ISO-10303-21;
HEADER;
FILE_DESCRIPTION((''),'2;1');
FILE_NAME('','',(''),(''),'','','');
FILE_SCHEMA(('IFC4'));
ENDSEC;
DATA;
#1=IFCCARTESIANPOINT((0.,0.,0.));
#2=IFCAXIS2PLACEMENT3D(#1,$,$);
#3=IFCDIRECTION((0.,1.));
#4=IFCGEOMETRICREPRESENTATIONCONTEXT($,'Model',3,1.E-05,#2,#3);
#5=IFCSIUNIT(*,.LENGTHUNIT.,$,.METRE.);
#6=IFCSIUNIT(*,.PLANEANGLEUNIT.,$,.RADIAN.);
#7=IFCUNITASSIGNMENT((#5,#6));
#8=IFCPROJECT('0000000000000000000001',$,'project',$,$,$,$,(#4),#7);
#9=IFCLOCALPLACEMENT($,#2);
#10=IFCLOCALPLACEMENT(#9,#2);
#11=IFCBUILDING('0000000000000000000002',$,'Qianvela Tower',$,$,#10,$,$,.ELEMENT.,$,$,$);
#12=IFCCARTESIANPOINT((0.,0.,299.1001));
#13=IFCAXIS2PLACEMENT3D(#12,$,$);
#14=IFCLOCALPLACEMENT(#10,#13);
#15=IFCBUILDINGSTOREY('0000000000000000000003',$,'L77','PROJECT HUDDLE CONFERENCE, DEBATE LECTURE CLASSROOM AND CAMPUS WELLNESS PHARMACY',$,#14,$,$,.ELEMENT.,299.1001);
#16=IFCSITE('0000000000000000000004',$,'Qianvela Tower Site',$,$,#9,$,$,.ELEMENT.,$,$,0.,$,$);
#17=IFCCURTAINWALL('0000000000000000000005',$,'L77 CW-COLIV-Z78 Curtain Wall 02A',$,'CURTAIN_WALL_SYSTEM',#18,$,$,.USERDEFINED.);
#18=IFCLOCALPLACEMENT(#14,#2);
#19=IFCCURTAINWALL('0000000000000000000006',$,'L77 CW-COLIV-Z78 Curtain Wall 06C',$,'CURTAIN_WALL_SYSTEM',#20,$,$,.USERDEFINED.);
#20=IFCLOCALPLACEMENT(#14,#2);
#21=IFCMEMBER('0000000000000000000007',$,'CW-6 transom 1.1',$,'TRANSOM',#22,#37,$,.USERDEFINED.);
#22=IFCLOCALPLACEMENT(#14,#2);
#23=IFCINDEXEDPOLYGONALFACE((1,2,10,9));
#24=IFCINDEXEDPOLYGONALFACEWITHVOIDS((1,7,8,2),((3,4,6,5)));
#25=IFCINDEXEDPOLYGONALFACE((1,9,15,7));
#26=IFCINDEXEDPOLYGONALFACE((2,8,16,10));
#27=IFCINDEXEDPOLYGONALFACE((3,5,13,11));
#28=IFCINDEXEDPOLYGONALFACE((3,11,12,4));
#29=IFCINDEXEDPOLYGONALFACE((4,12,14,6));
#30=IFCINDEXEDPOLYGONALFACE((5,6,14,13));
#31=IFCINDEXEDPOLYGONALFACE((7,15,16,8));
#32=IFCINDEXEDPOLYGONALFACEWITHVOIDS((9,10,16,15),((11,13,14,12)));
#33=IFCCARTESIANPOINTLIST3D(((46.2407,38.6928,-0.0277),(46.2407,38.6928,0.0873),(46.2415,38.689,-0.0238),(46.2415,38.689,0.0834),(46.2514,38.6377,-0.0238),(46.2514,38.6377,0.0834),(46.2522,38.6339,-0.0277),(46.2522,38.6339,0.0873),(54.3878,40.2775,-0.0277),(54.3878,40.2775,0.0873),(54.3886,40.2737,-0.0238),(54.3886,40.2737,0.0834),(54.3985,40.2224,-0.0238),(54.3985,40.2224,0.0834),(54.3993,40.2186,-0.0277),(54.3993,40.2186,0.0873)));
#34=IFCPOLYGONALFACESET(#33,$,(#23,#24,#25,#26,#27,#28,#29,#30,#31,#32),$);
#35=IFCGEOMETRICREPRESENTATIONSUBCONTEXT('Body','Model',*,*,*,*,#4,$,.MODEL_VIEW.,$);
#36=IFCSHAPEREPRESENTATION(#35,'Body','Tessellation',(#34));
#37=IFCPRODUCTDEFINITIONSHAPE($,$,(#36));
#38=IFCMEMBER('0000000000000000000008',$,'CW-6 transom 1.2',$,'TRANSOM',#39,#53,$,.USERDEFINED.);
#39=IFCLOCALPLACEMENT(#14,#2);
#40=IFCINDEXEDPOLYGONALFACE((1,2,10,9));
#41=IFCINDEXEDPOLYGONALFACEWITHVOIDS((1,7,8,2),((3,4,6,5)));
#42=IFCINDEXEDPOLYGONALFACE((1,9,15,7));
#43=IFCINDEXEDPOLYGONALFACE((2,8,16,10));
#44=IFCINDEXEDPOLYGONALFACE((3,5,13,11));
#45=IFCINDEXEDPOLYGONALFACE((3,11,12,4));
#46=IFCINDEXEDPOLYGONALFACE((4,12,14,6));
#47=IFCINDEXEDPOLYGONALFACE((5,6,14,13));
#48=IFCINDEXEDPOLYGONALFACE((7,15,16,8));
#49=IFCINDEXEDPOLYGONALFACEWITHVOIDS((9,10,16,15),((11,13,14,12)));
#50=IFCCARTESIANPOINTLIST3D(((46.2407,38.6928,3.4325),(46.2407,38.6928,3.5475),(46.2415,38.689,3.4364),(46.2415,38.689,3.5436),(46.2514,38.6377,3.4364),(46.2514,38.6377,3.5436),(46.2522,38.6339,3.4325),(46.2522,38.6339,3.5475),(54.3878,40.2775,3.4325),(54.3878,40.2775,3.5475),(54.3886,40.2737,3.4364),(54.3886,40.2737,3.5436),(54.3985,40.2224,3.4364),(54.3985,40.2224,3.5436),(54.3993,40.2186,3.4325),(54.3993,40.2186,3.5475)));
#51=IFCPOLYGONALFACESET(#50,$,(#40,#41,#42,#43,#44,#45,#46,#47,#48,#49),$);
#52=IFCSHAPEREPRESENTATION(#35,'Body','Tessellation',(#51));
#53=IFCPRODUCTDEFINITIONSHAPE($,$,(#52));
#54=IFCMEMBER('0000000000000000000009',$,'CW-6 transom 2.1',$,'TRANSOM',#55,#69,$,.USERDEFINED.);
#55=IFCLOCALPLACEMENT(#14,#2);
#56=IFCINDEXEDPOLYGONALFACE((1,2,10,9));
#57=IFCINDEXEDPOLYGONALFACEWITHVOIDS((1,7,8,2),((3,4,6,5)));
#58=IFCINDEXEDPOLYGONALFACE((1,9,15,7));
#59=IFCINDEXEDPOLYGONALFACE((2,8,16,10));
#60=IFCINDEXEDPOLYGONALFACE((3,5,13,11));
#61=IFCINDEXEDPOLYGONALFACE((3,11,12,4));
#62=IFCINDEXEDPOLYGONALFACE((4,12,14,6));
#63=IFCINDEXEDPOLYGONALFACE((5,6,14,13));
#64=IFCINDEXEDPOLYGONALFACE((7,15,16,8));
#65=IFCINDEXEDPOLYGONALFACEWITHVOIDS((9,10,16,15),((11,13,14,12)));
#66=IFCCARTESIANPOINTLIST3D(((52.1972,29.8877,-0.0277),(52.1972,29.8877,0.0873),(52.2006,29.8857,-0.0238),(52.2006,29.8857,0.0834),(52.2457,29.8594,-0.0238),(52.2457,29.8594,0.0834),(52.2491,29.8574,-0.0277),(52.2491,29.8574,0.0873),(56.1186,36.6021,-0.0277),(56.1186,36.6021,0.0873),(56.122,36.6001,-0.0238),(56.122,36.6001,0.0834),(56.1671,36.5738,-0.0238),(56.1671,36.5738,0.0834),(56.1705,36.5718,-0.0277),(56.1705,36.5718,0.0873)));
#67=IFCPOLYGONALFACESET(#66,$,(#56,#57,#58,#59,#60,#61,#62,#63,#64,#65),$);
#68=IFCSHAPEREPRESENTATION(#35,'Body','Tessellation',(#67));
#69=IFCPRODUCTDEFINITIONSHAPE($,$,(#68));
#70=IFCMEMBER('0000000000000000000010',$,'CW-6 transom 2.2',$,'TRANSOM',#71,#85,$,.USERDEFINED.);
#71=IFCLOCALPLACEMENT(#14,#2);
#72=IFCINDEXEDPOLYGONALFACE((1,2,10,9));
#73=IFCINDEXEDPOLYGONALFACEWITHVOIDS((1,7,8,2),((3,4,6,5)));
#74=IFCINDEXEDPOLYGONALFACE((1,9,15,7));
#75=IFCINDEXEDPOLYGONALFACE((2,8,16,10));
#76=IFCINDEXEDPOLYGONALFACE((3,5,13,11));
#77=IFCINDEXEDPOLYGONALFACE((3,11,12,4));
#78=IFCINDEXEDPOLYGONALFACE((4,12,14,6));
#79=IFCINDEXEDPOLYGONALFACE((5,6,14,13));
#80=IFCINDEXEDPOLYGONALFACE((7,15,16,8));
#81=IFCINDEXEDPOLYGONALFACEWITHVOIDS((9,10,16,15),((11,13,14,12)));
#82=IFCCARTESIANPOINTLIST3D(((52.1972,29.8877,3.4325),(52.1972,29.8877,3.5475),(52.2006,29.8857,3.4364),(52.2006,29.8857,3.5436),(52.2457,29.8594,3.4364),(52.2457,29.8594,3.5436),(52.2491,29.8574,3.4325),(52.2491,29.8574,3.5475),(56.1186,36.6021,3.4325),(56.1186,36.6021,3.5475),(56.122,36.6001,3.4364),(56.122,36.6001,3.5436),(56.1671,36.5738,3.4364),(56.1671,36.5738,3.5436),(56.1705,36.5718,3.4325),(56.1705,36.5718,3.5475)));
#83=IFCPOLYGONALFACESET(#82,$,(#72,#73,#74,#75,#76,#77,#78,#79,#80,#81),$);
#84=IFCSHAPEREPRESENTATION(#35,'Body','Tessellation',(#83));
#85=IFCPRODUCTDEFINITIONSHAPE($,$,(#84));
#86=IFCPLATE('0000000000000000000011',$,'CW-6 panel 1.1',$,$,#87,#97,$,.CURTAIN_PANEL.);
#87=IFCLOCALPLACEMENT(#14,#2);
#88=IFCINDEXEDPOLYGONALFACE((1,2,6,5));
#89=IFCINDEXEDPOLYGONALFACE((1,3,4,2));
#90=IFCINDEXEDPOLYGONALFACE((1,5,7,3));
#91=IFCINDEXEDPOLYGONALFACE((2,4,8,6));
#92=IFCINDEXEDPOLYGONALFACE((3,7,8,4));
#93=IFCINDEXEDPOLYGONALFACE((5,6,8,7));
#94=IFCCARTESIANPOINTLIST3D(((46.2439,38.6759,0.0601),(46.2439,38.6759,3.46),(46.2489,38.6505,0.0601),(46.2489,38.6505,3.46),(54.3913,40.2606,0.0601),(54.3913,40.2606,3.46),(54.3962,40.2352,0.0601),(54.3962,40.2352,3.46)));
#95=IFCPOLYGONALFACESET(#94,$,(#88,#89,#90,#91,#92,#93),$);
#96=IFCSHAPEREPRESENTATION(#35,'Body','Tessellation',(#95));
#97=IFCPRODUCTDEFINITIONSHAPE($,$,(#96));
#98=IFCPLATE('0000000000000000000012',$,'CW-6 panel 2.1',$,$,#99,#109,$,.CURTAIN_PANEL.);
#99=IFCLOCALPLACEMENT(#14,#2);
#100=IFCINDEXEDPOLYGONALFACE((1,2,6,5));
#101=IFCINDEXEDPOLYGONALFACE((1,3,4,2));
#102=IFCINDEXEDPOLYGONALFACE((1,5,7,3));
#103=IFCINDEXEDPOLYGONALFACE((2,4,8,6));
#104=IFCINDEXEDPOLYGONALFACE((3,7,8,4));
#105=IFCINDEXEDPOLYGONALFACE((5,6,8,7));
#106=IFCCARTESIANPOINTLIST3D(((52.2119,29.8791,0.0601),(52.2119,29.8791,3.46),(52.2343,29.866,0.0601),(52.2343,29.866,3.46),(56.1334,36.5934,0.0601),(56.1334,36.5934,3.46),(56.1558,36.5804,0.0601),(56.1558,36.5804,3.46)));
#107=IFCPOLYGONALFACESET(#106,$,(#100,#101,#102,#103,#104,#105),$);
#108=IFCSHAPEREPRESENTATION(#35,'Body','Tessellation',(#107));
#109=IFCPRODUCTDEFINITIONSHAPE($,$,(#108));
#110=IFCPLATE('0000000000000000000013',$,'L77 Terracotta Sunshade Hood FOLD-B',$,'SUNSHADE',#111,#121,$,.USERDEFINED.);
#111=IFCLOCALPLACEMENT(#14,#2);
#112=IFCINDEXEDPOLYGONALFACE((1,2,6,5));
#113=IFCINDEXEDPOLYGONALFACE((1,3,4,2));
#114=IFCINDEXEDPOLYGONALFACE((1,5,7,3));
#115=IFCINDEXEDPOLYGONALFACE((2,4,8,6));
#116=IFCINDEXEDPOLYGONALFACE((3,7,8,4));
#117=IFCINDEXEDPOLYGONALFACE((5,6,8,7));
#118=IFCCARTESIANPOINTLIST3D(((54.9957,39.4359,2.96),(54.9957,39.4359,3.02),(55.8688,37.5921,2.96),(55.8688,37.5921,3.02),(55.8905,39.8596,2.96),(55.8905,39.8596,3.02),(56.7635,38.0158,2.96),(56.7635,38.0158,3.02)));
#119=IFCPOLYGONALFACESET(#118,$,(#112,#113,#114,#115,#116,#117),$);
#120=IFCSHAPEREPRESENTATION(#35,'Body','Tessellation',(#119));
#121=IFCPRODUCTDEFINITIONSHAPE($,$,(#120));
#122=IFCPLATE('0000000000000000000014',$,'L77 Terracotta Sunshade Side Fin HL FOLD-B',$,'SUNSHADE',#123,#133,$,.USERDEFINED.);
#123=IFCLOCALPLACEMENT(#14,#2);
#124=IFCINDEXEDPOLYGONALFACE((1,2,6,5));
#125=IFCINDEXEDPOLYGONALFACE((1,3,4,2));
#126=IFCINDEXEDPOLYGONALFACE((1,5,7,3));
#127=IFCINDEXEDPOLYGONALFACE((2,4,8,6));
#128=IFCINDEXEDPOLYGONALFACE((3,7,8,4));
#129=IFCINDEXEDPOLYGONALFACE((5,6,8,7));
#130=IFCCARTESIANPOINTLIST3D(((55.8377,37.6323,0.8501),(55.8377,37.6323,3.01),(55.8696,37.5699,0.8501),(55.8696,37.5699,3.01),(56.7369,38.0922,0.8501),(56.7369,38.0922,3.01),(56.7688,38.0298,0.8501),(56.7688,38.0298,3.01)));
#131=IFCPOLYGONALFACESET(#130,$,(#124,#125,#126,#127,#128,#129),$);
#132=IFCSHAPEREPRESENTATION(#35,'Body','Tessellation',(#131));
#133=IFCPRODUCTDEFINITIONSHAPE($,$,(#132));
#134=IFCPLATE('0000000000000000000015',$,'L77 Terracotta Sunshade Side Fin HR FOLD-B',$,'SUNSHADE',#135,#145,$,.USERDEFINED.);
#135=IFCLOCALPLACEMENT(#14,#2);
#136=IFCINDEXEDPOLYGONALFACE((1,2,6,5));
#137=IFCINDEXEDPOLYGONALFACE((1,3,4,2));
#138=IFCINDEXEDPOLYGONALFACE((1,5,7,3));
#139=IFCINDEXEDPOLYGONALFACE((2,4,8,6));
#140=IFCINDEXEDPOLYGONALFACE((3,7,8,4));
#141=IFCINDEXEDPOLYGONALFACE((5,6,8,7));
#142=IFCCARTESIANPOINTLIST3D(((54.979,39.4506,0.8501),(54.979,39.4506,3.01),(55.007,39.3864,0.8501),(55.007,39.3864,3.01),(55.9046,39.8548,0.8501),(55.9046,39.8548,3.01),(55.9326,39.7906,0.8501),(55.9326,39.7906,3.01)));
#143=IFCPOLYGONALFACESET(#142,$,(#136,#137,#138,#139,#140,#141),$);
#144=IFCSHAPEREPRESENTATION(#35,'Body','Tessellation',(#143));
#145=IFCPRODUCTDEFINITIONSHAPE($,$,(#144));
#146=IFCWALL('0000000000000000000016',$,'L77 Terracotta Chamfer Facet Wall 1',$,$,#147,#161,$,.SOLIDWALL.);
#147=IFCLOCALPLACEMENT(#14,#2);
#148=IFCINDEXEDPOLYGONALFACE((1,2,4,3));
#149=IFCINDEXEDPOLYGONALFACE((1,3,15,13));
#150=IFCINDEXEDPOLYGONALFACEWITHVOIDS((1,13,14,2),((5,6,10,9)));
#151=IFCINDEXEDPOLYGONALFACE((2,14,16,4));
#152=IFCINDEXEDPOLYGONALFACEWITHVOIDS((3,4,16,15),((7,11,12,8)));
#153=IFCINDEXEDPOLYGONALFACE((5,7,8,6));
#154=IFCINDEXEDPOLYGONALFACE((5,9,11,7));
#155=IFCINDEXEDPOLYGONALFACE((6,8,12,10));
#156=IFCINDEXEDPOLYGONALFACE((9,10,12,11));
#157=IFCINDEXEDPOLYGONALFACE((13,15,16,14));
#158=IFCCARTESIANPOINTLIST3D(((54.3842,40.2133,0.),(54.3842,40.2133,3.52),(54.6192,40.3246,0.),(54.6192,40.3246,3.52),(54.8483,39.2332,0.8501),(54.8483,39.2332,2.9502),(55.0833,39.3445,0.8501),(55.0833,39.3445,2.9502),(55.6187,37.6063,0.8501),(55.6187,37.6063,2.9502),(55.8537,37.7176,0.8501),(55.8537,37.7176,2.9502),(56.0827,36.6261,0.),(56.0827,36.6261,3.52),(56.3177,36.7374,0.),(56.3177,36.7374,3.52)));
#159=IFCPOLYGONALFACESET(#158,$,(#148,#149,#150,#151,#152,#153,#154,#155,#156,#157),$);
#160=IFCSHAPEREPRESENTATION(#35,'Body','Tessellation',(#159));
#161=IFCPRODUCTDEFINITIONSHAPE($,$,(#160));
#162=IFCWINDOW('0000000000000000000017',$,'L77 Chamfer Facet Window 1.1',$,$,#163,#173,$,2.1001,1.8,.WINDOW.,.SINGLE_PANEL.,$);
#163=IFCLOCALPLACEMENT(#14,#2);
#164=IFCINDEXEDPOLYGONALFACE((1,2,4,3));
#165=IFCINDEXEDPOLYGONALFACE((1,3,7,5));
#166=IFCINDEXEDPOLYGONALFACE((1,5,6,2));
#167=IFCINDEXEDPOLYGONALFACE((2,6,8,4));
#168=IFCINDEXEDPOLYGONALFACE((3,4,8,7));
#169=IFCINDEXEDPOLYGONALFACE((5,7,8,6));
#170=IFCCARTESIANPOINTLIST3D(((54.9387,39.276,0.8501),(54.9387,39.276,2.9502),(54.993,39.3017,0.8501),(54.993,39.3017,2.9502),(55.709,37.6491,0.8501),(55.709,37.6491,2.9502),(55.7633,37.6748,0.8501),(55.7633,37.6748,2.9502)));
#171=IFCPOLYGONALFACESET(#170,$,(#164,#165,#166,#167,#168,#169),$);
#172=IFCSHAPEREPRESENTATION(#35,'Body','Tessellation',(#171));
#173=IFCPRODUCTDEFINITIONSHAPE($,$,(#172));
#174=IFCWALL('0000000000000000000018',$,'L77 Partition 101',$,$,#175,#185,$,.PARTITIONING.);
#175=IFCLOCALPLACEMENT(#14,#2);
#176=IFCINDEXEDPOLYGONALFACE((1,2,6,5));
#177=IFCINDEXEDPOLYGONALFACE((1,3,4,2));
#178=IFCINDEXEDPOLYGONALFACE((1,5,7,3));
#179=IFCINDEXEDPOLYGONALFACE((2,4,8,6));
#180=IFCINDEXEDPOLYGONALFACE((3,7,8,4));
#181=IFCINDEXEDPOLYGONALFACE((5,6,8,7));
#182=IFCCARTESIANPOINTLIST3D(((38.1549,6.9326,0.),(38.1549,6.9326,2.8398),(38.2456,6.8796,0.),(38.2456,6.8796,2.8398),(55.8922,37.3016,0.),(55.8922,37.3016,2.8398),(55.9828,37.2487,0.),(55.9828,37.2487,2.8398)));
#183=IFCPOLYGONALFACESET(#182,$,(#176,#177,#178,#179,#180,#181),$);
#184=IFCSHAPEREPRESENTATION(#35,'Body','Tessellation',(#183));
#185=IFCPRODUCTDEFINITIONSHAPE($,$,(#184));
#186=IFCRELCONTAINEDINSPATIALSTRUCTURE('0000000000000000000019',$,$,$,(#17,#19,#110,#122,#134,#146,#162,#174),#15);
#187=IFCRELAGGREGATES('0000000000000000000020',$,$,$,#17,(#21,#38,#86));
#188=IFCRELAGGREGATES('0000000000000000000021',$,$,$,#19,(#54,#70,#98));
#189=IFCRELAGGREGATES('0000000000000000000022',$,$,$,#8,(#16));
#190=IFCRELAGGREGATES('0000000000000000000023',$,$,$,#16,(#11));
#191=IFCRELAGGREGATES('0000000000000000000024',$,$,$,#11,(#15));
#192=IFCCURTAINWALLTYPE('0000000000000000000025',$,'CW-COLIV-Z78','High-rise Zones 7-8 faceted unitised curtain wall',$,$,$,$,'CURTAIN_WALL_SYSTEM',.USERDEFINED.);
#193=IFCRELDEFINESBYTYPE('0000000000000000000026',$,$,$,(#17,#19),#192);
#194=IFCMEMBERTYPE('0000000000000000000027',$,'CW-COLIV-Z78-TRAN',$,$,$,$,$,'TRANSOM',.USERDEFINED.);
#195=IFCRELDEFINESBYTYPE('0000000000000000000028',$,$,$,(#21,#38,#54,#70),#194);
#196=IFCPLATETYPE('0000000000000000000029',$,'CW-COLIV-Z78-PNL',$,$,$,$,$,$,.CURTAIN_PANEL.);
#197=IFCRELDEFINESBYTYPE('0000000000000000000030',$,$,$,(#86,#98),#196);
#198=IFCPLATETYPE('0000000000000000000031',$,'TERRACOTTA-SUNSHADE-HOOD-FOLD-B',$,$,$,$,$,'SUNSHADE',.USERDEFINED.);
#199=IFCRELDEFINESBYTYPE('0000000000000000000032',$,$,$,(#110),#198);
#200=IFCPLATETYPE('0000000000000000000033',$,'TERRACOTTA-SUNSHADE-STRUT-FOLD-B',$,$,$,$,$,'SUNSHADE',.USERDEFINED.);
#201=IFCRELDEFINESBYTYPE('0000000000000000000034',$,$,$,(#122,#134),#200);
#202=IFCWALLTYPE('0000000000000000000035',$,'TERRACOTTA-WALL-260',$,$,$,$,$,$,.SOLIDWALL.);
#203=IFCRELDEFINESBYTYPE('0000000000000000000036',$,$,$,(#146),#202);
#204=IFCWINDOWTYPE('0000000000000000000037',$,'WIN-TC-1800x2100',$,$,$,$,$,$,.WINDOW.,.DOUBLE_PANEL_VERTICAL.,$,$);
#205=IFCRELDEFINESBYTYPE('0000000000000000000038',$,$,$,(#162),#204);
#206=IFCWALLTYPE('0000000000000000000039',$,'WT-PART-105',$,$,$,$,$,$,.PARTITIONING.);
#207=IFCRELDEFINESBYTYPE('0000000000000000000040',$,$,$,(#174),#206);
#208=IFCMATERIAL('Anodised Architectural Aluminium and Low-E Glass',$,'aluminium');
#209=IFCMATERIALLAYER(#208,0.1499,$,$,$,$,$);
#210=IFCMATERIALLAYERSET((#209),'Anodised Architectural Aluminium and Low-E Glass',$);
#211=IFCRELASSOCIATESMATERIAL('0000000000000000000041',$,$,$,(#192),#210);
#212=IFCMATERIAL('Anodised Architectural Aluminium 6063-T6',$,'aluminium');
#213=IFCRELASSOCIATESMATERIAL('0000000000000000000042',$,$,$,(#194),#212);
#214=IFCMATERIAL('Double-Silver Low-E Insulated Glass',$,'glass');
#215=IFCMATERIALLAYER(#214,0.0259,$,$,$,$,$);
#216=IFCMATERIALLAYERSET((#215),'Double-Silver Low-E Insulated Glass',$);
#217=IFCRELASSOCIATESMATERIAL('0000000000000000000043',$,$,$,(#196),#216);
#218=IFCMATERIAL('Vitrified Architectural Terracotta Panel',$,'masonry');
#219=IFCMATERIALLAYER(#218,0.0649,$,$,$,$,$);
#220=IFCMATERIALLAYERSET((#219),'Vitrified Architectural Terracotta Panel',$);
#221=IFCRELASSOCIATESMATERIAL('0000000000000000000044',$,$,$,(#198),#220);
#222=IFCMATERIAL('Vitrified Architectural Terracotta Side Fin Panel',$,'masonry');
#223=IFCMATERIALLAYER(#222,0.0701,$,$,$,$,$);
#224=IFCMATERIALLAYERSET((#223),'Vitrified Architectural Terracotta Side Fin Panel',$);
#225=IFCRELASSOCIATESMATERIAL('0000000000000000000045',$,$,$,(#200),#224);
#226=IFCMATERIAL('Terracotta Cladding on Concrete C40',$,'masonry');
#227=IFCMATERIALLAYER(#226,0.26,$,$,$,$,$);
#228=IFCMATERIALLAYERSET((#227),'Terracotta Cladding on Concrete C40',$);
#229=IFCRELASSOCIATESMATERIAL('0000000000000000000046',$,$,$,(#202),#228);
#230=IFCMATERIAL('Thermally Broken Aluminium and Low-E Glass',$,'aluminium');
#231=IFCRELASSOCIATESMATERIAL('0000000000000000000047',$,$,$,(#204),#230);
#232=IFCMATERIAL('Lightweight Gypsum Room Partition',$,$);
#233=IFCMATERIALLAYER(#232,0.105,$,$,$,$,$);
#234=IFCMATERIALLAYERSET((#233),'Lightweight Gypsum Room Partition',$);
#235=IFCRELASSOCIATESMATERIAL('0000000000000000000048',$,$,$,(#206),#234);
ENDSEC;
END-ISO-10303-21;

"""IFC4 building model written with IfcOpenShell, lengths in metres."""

from ifc_helpers import new_model, si_unit, direction, frame, frame_2d, origin, origin_2d, place, context, subcontext, project, spatial, rectangle, hollow_rectangle, extrude, material, layer, layer_set, material_profile, profile_set, type_object, element, fill, aggregate, save


model = new_model("IFC4")

# Units and contexts
model_context = context("Model", 3, precision=1e-05, world=origin(), true_north=direction((0.0, 1.0)))
body_context = subcontext(model_context, "Body", "Model", "MODEL_VIEW")
ifc_project = project(units=[si_unit("LENGTHUNIT", "METRE"), si_unit("PLANEANGLEUNIT", "RADIAN")], contexts=[model_context])

# Site, building, storey
site_placement = place(None, origin())
site = spatial("IfcSite", under=ifc_project, at=site_placement, Name="Qianvela Tower Site", CompositionType="ELEMENT", RefElevation=0.0)
building_placement = place(site_placement, origin())
building = spatial("IfcBuilding", under=site, at=building_placement, Name="Qianvela Tower", CompositionType="ELEMENT")
storey_placement = place(building_placement, frame((0.0, 0.0, 299.1001)))
storey = spatial("IfcBuildingStorey", under=building, at=storey_placement, Name="L77", Description="PROJECT HUDDLE CONFERENCE, DEBATE LECTURE CLASSROOM AND CAMPUS WELLNESS PHARMACY", CompositionType="ELEMENT", Elevation=299.1001)

# Curtain walls
ifc_material_1 = material(Name="Anodised Architectural Aluminium and Low-E Glass", Category="aluminium")
ifc_layer_1 = layer(ifc_material_1, 0.1499)
ifc_layer_set_1 = layer_set([ifc_layer_1], Name="Anodised Architectural Aluminium and Low-E Glass")
curtain_wall_type = type_object("IfcCurtainWallType", Name="CW-COLIV-Z78", Description="High-rise Zones 7-8 faceted unitised curtain wall", ElementType="CURTAIN_WALL_SYSTEM", PredefinedType="USERDEFINED", material=ifc_layer_set_1)
curtain_wall_1_placement = place(storey_placement, origin())
curtain_wall_1 = element("IfcCurtainWall", 1, at=curtain_wall_1_placement, inside=storey, type_object=curtain_wall_type, Name="L77 CW-COLIV-Z78 Curtain Wall 02A", ObjectType="CURTAIN_WALL_SYSTEM", PredefinedType="USERDEFINED")
curtain_wall_2_placement = place(storey_placement, origin())
curtain_wall_2 = element("IfcCurtainWall", 2, at=curtain_wall_2_placement, inside=storey, type_object=curtain_wall_type, Name="L77 CW-COLIV-Z78 Curtain Wall 06C", ObjectType="CURTAIN_WALL_SYSTEM", PredefinedType="USERDEFINED")

# Members
ifc_material_2 = material(Name="Anodised Architectural Aluminium 6063-T6", Category="aluminium")
ifc_material_profile_1 = material_profile(ifc_material_2, hollow_rectangle(XDim=0.0601, YDim=0.115, WallThickness=0.0039, at=origin_2d()), Name="ALU-TRAN-60x115")
ifc_profile_set_1 = profile_set([ifc_material_profile_1], Name="Anodised Architectural Aluminium 6063-T6")
member_type_1 = type_object("IfcMemberType", Name="CW-COLIV-Z78-TRAN", ElementType="TRANSOM", PredefinedType="USERDEFINED", material=ifc_profile_set_1)
member_1_placement = place(storey_placement, frame((54.3936, 40.248, 0.0298), z_axis=(-0.981603, -0.190932, 0.0), x_axis=(0.190932, -0.981603, 0.0)))
member_1 = element("IfcMember", 3, at=member_1_placement, type_object=member_type_1, Name="CW-6 transom 1.1", ObjectType="TRANSOM", PredefinedType="USERDEFINED", context=body_context, shape_type="SweptSolid", body=[
    extrude(hollow_rectangle(XDim=0.0601, YDim=0.115, WallThickness=0.0039, at=origin_2d()), origin(), (0.0, 0.0, 1.0), 8.2998),
])
member_2_placement = place(storey_placement, frame((54.3936, 40.248, 3.49), z_axis=(-0.981603, -0.190932, 0.0), x_axis=(0.190932, -0.981603, 0.0)))
member_2 = element("IfcMember", 4, at=member_2_placement, type_object=member_type_1, Name="CW-6 transom 1.2", ObjectType="TRANSOM", PredefinedType="USERDEFINED", context=body_context, shape_type="SweptSolid", body=[
    extrude(hollow_rectangle(XDim=0.0601, YDim=0.115, WallThickness=0.0039, at=origin_2d()), origin(), (0.0, 0.0, 1.0), 8.2998),
])
member_3_placement = place(storey_placement, frame((52.2231, 29.8726, 0.0298), z_axis=(0.50432, 0.863517, 0.0), x_axis=(-0.863517, 0.50432, 0.0)))
member_3 = element("IfcMember", 5, at=member_3_placement, type_object=member_type_1, Name="CW-6 transom 2.1", ObjectType="TRANSOM", PredefinedType="USERDEFINED", context=body_context, shape_type="SweptSolid", body=[
    extrude(hollow_rectangle(XDim=0.0601, YDim=0.115, WallThickness=0.0039, at=origin_2d()), origin(), (0.0, 0.0, 1.0), 7.7756),
])
member_4_placement = place(storey_placement, frame((52.2231, 29.8726, 3.49), z_axis=(0.50432, 0.863517, 0.0), x_axis=(-0.863517, 0.50432, 0.0)))
member_4 = element("IfcMember", 6, at=member_4_placement, type_object=member_type_1, Name="CW-6 transom 2.2", ObjectType="TRANSOM", PredefinedType="USERDEFINED", context=body_context, shape_type="SweptSolid", body=[
    extrude(hollow_rectangle(XDim=0.0601, YDim=0.115, WallThickness=0.0039, at=origin_2d()), origin(), (0.0, 0.0, 1.0), 7.7756),
])

# Plates
ifc_material_3 = material(Name="Double-Silver Low-E Insulated Glass", Category="glass")
ifc_layer_2 = layer(ifc_material_3, 0.0259)
ifc_layer_set_2 = layer_set([ifc_layer_2], Name="Double-Silver Low-E Insulated Glass")
plate_type_1 = type_object("IfcPlateType", Name="CW-COLIV-Z78-PNL", PredefinedType="CURTAIN_PANEL", material=ifc_layer_set_2)
plate_1_placement = place(storey_placement, frame((50.3201, 39.4556, 0.0601), z_axis=(0.0, 0.0, 1.0), x_axis=(-0.981604, -0.19093, 0.0)))
plate_1 = element("IfcPlate", 7, at=plate_1_placement, type_object=plate_type_1, Name="CW-6 panel 1.1", PredefinedType="CURTAIN_PANEL", context=body_context, shape_type="SweptSolid", body=[
    extrude(rectangle(XDim=8.3, YDim=0.0259, at=origin_2d()), origin(), (0.0, 0.0, 1.0), 3.3999),
])
aggregate(curtain_wall_1, [member_1, member_2, plate_1])
plate_2_placement = place(storey_placement, frame((54.1838, 33.2297, 0.0601), z_axis=(0.0, 0.0, 1.0), x_axis=(0.504332, 0.86351, 0.0)))
plate_2 = element("IfcPlate", 8, at=plate_2_placement, type_object=plate_type_1, Name="CW-6 panel 2.1", PredefinedType="CURTAIN_PANEL", context=body_context, shape_type="SweptSolid", body=[
    extrude(rectangle(XDim=7.7756, YDim=0.0259, at=origin_2d()), origin(), (0.0, 0.0, 1.0), 3.3999),
])
aggregate(curtain_wall_2, [member_3, member_4, plate_2])

# Plates
ifc_material_4 = material(Name="Vitrified Architectural Terracotta Panel", Category="masonry")
ifc_layer_3 = layer(ifc_material_4, 0.0649)
ifc_layer_set_3 = layer_set([ifc_layer_3], Name="Vitrified Architectural Terracotta Panel")
plate_type_2 = type_object("IfcPlateType", Name="TERRACOTTA-SUNSHADE-HOOD-FOLD-B", ElementType="SUNSHADE", PredefinedType="USERDEFINED", material=ifc_layer_set_3)
plate_3_placement = place(storey_placement, frame((55.8796, 38.7258, 2.96), z_axis=(0.0, 0.0, 1.0), x_axis=(-0.427962, 0.903797, 0.0)))
element("IfcPlate", 9, at=plate_3_placement, inside=storey, type_object=plate_type_2, Name="L77 Terracotta Sunshade Hood FOLD-B", ObjectType="SUNSHADE", PredefinedType="USERDEFINED", context=body_context, shape_type="SweptSolid", body=[
    extrude(rectangle(XDim=2.04, YDim=0.99, at=origin_2d()), origin(), (0.0, 0.0, 1.0), 0.0601),
])
ifc_material_5 = material(Name="Vitrified Architectural Terracotta Side Fin Panel", Category="masonry")
ifc_layer_4 = layer(ifc_material_5, 0.0701)
ifc_layer_set_4 = layer_set([ifc_layer_4], Name="Vitrified Architectural Terracotta Side Fin Panel")
plate_type_3 = type_object("IfcPlateType", Name="TERRACOTTA-SUNSHADE-STRUT-FOLD-B", ElementType="SUNSHADE", PredefinedType="USERDEFINED", material=ifc_layer_set_4)
for number, where, z_axis, x_axis, name in (
    (10, (56.3032, 37.8311, 0.8501), (0.0, 0.0, 1.0), (-0.455363, 0.890306, 0.0), "L77 Terracotta Sunshade Side Fin HL FOLD-B"),
    (11, (55.4558, 39.6206, 0.8501), (0.0, 0.0, 1.0), (-0.400162, 0.916444, 0.0), "L77 Terracotta Sunshade Side Fin HR FOLD-B"),
):
    element("IfcPlate", number, at=place(storey_placement, frame(where, z_axis=z_axis, x_axis=x_axis)), inside=storey, type_object=plate_type_3, Name=name, ObjectType="SUNSHADE", PredefinedType="USERDEFINED", context=body_context, shape_type="SweptSolid", body=[
        extrude(rectangle(XDim=0.0701, YDim=1.01, at=origin_2d()), origin(), (0.0, 0.0, 1.0), 2.1599),
    ])

# Wall, opening, window
ifc_material_6 = material(Name="Terracotta Cladding on Concrete C40", Category="masonry")
ifc_layer_5 = layer(ifc_material_6, 0.26)
ifc_layer_set_5 = layer_set([ifc_layer_5], Name="Terracotta Cladding on Concrete C40")
wall_type_1 = type_object("IfcWallType", Name="TERRACOTTA-WALL-260", PredefinedType="SOLIDWALL", material=ifc_layer_set_5)
wall_1_placement = place(storey_placement, frame((56.2002, 36.6819, 0.0), z_axis=(0.0, 0.0, 1.0), x_axis=(-0.427944, 0.903805, 0.0)))
wall_1 = element("IfcWall", 12, at=wall_1_placement, inside=storey, type_object=wall_type_1, Name="L77 Terracotta Chamfer Facet Wall 1", PredefinedType="SOLIDWALL", context=body_context, shape_type="SweptSolid", body=[
    extrude(rectangle(XDim=3.969, YDim=0.26, at=frame_2d((1.9844, 0.0))), origin(), (0.0, 0.0, 1.0), 3.52),
])
opening_placement = place(wall_1_placement, frame((1.0845, 0.0, 0.8501)))
opening = element("IfcOpeningElement", 13, at=opening_placement, cuts=wall_1, PredefinedType="OPENING", context=body_context, shape_type="SweptSolid", body=[
    extrude(rectangle(XDim=1.8, YDim=2.1001, at=frame_2d((0.8999, 1.05))), frame((0.0, 0.1399, 0.0), z_axis=(0.0, -1.0, 0.0), x_axis=(1.0, 0.0, 0.0)), (0.0, 0.0, 1.0), 0.28),
])
ifc_material_7 = material(Name="Thermally Broken Aluminium and Low-E Glass", Category="aluminium")
window_type = type_object("IfcWindowType", Name="WIN-TC-1800x2100", PartitioningType="DOUBLE_PANEL_VERTICAL", PredefinedType="WINDOW", material=ifc_material_7)
window_placement = place(opening_placement, origin())
window = element("IfcWindow", 14, at=window_placement, inside=storey, type_object=window_type, Name="L77 Chamfer Facet Window 1.1", OverallHeight=2.1001, OverallWidth=1.8, PartitioningType="SINGLE_PANEL", PredefinedType="WINDOW", context=body_context, shape_type="SweptSolid", body=[
    extrude(rectangle(XDim=1.8, YDim=2.1001, at=frame_2d((0.8999, 1.05))), frame((0.0, 0.03, 0.0), z_axis=(0.0, -1.0, 0.0), x_axis=(1.0, 0.0, 0.0)), (0.0, 0.0, 1.0), 0.0601),
])
fill(opening, window)

# Wall
ifc_material_8 = material(Name="Lightweight Gypsum Room Partition")
ifc_layer_6 = layer(ifc_material_8, 0.105)
ifc_layer_set_6 = layer_set([ifc_layer_6], Name="Lightweight Gypsum Room Partition")
wall_type_2 = type_object("IfcWallType", Name="WT-PART-105", PredefinedType="PARTITIONING", material=ifc_layer_set_6)
wall_2_placement = place(storey_placement, frame((55.9375, 37.2751, 0.0), z_axis=(0.0, 0.0, 1.0), x_axis=(-0.504337, -0.863507, 0.0)))
element("IfcWall", 15, at=wall_2_placement, inside=storey, type_object=wall_type_2, Name="L77 Partition 101", PredefinedType="PARTITIONING", context=body_context, shape_type="SweptSolid", body=[
    extrude(rectangle(XDim=35.1694, YDim=0.105, at=frame_2d((17.5847, 0.0))), origin(), (0.0, 0.0, 1.0), 2.8398),
])

save(model, "model.ifc")
